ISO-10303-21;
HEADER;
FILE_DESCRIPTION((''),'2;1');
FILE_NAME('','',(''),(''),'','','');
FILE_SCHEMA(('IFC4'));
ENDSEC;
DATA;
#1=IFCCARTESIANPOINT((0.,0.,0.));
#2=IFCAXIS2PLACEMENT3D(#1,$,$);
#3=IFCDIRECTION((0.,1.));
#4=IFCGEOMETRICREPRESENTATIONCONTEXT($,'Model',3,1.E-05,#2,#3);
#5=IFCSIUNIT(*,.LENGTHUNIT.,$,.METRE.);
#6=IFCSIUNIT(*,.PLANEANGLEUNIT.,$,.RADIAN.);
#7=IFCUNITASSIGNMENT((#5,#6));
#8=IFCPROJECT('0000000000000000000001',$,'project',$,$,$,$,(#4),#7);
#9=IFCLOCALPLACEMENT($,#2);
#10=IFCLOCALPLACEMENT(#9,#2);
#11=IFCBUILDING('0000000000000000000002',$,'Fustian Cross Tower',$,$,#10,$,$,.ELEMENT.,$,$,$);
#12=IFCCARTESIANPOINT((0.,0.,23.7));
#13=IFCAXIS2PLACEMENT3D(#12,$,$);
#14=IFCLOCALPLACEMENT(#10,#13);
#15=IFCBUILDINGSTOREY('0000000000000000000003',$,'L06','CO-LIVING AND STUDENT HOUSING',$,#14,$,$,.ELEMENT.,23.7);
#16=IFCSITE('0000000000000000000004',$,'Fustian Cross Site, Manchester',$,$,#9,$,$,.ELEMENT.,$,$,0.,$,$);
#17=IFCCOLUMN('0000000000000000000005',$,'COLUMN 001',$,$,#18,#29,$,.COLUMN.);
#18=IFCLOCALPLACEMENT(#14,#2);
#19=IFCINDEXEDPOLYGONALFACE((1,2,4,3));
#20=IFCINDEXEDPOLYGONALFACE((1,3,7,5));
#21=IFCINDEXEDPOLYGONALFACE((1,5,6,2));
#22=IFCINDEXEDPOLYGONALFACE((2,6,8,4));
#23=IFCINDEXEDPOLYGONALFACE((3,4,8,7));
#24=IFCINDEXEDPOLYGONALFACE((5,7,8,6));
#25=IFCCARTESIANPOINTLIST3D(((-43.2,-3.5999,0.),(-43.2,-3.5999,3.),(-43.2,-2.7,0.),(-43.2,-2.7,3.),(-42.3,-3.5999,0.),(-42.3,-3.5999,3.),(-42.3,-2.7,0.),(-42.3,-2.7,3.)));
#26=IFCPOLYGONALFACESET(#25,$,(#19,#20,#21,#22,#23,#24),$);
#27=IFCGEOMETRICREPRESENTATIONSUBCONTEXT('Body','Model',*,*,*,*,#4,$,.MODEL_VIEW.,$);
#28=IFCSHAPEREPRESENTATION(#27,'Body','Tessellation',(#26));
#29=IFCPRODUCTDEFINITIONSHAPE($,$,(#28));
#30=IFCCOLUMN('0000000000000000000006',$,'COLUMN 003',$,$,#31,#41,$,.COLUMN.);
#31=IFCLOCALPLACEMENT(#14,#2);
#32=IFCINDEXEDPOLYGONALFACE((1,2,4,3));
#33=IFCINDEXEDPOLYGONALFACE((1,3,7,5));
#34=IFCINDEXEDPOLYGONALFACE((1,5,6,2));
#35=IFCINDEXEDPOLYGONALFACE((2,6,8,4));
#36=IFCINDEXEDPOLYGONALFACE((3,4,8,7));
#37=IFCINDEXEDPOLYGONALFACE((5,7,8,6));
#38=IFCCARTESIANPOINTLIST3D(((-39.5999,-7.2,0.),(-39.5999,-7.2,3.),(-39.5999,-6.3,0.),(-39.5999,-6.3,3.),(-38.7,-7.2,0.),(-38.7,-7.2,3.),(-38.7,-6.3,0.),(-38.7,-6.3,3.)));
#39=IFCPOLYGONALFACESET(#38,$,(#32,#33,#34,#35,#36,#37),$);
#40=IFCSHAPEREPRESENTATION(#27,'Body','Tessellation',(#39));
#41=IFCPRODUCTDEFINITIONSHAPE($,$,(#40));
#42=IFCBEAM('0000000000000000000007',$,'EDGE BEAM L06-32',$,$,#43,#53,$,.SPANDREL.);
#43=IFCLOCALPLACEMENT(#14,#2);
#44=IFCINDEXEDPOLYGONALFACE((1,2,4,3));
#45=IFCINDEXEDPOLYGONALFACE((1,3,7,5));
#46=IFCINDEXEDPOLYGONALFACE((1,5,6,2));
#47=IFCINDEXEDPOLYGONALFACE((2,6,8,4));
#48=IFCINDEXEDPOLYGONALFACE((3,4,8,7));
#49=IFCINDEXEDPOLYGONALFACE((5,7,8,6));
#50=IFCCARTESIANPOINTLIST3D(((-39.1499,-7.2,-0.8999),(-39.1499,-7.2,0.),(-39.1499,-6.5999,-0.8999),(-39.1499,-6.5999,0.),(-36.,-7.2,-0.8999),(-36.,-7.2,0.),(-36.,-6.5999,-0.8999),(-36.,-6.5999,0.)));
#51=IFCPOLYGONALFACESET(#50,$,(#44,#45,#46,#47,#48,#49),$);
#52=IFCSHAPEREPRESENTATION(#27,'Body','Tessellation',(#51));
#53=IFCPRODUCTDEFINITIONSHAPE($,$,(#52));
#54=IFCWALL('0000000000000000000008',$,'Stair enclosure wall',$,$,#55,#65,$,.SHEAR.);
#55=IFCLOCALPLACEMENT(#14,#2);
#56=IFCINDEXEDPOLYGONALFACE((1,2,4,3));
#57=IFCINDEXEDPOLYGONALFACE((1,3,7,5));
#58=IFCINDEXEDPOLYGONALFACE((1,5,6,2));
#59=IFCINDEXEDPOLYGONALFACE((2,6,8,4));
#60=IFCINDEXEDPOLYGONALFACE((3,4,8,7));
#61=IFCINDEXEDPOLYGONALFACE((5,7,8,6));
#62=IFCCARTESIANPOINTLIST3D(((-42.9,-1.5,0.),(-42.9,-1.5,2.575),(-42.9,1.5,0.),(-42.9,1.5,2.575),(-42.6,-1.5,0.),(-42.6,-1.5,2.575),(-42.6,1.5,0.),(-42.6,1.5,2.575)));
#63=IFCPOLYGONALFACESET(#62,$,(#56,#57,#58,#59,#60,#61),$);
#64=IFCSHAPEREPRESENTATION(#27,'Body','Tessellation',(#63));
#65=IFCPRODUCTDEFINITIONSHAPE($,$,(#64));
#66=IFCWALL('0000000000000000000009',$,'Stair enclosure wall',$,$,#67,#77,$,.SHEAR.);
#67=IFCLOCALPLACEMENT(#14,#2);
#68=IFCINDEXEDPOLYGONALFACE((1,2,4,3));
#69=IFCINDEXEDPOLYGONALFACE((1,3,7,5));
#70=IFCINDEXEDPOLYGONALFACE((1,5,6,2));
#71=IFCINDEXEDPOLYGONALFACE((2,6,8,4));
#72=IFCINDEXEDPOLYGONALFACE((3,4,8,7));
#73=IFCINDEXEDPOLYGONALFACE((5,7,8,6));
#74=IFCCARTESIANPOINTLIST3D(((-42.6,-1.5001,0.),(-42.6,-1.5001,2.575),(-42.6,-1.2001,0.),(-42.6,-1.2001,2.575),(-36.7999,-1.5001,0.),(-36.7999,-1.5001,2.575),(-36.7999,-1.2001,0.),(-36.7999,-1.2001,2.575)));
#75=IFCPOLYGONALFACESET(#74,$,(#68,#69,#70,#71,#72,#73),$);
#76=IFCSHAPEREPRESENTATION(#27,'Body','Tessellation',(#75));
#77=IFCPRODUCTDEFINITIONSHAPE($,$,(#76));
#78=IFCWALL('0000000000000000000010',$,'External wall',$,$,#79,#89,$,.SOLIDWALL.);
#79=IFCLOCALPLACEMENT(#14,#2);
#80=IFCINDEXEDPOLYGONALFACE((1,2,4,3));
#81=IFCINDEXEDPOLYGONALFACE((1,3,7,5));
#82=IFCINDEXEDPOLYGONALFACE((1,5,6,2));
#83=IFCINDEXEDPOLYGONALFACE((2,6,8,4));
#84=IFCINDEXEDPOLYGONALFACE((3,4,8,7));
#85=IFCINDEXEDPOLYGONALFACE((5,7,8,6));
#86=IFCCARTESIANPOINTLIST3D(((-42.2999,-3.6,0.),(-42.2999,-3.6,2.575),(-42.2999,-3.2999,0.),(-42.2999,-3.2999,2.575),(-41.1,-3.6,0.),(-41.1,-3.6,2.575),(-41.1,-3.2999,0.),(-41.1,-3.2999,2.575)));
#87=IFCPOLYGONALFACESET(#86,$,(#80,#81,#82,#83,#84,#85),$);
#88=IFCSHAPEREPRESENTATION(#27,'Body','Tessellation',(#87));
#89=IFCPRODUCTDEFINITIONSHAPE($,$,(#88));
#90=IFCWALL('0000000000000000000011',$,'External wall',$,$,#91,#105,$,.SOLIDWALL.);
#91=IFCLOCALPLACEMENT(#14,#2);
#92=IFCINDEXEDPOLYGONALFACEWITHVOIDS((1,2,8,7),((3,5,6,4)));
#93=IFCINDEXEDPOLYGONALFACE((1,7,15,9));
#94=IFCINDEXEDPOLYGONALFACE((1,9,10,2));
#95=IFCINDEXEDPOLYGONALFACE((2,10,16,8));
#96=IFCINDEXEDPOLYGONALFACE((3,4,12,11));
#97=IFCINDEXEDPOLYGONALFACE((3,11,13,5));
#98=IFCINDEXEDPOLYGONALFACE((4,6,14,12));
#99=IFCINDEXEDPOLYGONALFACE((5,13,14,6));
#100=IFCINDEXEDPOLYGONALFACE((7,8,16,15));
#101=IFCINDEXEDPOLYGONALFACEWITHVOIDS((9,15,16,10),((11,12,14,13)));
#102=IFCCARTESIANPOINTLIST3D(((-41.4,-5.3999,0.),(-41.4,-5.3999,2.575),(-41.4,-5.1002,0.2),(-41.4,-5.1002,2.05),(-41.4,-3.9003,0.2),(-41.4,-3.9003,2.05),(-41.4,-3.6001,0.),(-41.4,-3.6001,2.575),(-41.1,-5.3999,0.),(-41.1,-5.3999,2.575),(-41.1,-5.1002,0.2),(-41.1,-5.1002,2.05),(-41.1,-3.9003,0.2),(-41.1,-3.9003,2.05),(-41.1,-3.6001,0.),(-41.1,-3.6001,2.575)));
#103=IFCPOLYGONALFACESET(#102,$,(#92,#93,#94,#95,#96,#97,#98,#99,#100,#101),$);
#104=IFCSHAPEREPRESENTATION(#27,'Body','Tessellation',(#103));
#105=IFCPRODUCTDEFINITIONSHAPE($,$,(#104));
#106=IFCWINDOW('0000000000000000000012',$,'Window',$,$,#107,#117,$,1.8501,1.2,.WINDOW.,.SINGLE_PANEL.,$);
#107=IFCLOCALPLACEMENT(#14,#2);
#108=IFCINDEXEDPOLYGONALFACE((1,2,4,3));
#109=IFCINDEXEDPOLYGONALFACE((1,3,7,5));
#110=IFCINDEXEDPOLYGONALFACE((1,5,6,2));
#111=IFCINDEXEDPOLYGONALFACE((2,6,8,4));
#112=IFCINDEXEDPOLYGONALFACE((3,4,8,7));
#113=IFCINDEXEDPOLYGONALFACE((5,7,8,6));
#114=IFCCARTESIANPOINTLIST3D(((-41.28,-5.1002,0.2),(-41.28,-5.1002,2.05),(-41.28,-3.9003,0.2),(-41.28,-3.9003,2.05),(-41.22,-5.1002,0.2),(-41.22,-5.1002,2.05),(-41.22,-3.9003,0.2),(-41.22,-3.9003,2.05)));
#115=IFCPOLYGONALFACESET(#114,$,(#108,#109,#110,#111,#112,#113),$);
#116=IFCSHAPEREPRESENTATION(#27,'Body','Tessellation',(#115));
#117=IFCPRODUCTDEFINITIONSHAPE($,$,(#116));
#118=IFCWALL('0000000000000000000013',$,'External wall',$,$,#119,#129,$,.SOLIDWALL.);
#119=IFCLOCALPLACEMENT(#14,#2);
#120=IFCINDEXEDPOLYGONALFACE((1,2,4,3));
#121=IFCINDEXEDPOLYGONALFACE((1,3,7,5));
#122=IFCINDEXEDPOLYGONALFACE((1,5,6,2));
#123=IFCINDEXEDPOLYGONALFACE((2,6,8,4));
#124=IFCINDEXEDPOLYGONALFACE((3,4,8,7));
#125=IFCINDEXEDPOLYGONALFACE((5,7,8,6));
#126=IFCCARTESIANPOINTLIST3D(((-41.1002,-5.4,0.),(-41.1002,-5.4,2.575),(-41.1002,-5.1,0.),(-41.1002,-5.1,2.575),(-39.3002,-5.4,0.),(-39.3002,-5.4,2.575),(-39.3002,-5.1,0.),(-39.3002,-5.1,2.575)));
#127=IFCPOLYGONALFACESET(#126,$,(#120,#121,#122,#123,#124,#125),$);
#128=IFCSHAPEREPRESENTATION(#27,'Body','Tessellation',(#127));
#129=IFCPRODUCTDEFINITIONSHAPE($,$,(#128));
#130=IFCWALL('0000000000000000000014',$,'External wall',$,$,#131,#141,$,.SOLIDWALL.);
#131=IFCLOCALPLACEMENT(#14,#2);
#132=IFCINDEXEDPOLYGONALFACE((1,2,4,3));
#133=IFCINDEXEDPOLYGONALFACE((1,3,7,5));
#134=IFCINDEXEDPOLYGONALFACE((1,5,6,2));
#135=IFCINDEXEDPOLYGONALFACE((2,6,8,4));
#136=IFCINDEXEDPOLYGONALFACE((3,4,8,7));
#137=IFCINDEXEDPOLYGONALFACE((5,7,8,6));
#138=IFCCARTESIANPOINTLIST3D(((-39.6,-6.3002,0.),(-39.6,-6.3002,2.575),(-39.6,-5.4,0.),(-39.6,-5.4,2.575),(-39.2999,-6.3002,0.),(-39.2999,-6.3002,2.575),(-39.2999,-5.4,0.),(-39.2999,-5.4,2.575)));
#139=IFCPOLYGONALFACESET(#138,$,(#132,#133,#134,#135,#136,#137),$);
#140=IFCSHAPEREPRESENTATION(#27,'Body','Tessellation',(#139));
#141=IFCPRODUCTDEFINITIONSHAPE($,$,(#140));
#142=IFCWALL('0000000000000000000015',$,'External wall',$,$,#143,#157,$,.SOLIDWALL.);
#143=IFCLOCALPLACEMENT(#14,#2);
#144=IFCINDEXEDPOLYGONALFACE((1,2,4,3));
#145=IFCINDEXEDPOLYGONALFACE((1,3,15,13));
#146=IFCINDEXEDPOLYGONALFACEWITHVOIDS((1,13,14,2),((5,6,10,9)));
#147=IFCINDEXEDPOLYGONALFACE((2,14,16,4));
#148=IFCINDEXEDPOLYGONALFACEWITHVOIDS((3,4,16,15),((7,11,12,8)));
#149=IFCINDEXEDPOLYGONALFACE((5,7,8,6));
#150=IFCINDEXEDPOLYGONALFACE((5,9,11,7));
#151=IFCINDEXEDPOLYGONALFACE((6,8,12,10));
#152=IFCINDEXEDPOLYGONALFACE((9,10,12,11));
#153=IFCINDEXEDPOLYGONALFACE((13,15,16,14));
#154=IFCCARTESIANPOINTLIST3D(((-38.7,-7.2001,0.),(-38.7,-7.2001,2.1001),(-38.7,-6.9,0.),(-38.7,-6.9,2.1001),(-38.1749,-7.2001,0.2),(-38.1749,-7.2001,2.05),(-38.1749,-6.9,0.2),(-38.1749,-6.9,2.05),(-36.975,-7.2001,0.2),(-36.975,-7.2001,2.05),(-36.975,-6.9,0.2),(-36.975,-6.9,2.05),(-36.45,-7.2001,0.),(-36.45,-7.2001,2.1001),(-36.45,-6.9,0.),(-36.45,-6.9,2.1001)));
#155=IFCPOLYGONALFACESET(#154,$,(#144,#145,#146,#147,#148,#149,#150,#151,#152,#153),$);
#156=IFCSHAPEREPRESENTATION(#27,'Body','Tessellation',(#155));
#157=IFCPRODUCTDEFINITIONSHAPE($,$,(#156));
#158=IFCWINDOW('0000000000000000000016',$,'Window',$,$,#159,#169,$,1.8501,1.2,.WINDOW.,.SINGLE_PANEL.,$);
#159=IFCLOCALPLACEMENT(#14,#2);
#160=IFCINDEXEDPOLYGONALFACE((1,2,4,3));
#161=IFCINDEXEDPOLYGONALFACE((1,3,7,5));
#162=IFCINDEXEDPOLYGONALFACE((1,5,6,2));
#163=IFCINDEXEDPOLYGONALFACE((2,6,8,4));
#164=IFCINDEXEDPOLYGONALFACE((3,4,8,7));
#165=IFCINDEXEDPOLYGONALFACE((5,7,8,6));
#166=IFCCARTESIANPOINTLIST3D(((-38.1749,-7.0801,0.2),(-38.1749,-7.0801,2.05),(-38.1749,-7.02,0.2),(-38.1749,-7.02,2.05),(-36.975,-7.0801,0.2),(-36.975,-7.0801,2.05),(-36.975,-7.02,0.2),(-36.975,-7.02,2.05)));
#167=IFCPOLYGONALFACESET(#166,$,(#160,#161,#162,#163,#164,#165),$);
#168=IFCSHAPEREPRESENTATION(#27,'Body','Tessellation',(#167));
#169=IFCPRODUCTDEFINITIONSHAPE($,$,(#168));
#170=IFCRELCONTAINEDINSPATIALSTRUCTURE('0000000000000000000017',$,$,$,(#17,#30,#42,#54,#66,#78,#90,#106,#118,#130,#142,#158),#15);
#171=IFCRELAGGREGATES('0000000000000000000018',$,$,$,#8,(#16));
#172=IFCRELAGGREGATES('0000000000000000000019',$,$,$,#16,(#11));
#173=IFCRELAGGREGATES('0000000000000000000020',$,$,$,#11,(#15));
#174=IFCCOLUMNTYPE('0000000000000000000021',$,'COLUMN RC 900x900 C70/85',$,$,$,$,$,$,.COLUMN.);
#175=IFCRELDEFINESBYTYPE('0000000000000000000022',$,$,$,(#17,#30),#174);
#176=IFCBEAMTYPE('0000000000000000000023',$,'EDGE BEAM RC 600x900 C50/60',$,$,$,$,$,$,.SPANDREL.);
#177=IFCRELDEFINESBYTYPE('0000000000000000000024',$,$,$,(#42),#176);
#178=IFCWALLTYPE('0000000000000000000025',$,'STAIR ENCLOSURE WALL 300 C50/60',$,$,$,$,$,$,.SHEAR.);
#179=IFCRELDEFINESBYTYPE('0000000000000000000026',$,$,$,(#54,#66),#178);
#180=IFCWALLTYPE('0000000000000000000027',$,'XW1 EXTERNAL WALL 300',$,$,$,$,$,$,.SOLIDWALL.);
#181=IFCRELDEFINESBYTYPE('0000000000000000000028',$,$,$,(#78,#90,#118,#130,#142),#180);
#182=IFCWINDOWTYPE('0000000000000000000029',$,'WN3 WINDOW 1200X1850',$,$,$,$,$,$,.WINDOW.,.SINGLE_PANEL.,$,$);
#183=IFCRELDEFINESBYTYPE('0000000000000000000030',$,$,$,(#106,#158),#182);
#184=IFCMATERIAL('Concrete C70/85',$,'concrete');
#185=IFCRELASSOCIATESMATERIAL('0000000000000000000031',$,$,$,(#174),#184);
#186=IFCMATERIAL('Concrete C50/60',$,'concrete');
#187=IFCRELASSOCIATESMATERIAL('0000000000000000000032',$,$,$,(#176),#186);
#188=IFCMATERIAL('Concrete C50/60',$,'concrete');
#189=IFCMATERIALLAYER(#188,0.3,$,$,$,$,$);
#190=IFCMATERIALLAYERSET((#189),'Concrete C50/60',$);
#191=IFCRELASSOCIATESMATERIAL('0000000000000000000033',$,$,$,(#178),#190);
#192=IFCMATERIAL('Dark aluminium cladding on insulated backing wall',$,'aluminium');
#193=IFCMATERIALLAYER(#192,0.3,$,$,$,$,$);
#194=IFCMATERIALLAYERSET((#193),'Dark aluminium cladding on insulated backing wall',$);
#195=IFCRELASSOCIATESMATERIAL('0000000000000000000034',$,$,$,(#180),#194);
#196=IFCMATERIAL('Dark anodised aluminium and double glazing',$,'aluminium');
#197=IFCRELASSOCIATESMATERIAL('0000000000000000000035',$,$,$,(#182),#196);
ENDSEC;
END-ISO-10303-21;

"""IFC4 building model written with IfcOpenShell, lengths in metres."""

from ifc_helpers import new_model, si_unit, direction, frame, frame_2d, origin, origin_2d, place, context, subcontext, project, spatial, rectangle, extrude, material, layer, layer_set, material_profile, profile_set, type_object, element, fill, save


model = new_model("IFC4")

# Units and contexts
model_context = context("Model", 3, precision=1e-05, world=origin(), true_north=direction((0.0, 1.0)))
body_context = subcontext(model_context, "Body", "Model", "MODEL_VIEW")
ifc_project = project(units=[si_unit("LENGTHUNIT", "METRE"), si_unit("PLANEANGLEUNIT", "RADIAN")], contexts=[model_context])

# Site, building, storey
site_placement = place(None, origin())
site = spatial("IfcSite", under=ifc_project, at=site_placement, Name="Fustian Cross Site, Manchester", CompositionType="ELEMENT", RefElevation=0.0)
building_placement = place(site_placement, origin())
building = spatial("IfcBuilding", under=site, at=building_placement, Name="Fustian Cross Tower", CompositionType="ELEMENT")
storey_placement = place(building_placement, frame((0.0, 0.0, 23.7)))
storey = spatial("IfcBuildingStorey", under=building, at=storey_placement, Name="L06", Description="CO-LIVING AND STUDENT HOUSING", CompositionType="ELEMENT", Elevation=23.7)

# Columns
ifc_material_1 = material(Name="Concrete C70/85", Category="concrete")
ifc_material_profile_1 = material_profile(ifc_material_1, rectangle(XDim=0.8999, YDim=0.8999, at=origin_2d()), Name="RC 900x900")
ifc_profile_set_1 = profile_set([ifc_material_profile_1], Name="Concrete C70/85")
column_type = type_object("IfcColumnType", Name="COLUMN RC 900x900 C70/85", PredefinedType="COLUMN", material=ifc_profile_set_1)
for number, where, z_axis, x_axis, name in (
    (1, (-42.75, -3.1499, 0.0), (0.0, 0.0, 1.0), (1.0, 0.0, 0.0), "COLUMN 001"),
    (2, (-39.1499, -6.75, 0.0), (0.0, 0.0, 1.0), (1.0, 0.0, 0.0), "COLUMN 003"),
):
    element("IfcColumn", number, at=place(storey_placement, frame(where, z_axis=z_axis, x_axis=x_axis)), inside=storey, type_object=column_type, Name=name, PredefinedType="COLUMN", context=body_context, shape_type="SweptSolid", body=[
        extrude(rectangle(XDim=0.8999, YDim=0.8999, at=origin_2d()), origin(), (0.0, 0.0, 1.0), 3.0),
    ])

# Beam
ifc_material_2 = material(Name="Concrete C50/60", Category="concrete")
ifc_material_profile_2 = material_profile(ifc_material_2, rectangle(XDim=0.6001, YDim=0.8999, at=origin_2d()), Name="RC 600x900")
ifc_profile_set_2 = profile_set([ifc_material_profile_2], Name="Concrete C50/60")
beam_type = type_object("IfcBeamType", Name="EDGE BEAM RC 600x900 C50/60", PredefinedType="SPANDREL", material=ifc_profile_set_2)
beam_placement = place(storey_placement, frame((-39.1499, -6.8999, -0.45), z_axis=(1.0, 0.0, 0.0), x_axis=(0.0, 1.0, 0.0)))
element("IfcBeam", 3, at=beam_placement, inside=storey, type_object=beam_type, Name="EDGE BEAM L06-32", PredefinedType="SPANDREL", context=body_context, shape_type="SweptSolid", body=[
    extrude(rectangle(XDim=0.6001, YDim=0.8999, at=origin_2d()), origin(), (0.0, 0.0, 1.0), 3.1499),
])

# Walls
ifc_material_3 = material(Name="Concrete C50/60", Category="concrete")
ifc_layer_1 = layer(ifc_material_3, 0.3)
ifc_layer_set_1 = layer_set([ifc_layer_1], Name="Concrete C50/60")
wall_type_1 = type_object("IfcWallType", Name="STAIR ENCLOSURE WALL 300 C50/60", PredefinedType="SHEAR", material=ifc_layer_set_1)
wall_1_placement = place(storey_placement, frame((-42.75, -1.5, 0.0), z_axis=(0.0, 0.0, 1.0), x_axis=(0.0, 1.0, 0.0)))
element("IfcWall", 4, at=wall_1_placement, inside=storey, type_object=wall_type_1, Name="Stair enclosure wall", PredefinedType="SHEAR", context=body_context, shape_type="SweptSolid", body=[
    extrude(rectangle(XDim=3.0, YDim=0.3, at=frame_2d((1.5, 0.0))), origin(), (0.0, 0.0, 1.0), 2.575),
])
wall_2_placement = place(storey_placement, frame((-36.8, -1.3501, 0.0), z_axis=(0.0, 0.0, 1.0), x_axis=(-1.0, 0.0, 0.0)))
element("IfcWall", 5, at=wall_2_placement, inside=storey, type_object=wall_type_1, Name="Stair enclosure wall", PredefinedType="SHEAR", context=body_context, shape_type="SweptSolid", body=[
    extrude(rectangle(XDim=5.8, YDim=0.3, at=frame_2d((2.8999, 0.0))), origin(), (0.0, 0.0, 1.0), 2.575),
])
ifc_material_4 = material(Name="Dark aluminium cladding on insulated backing wall", Category="aluminium")
ifc_layer_2 = layer(ifc_material_4, 0.3)
ifc_layer_set_2 = layer_set([ifc_layer_2], Name="Dark aluminium cladding on insulated backing wall")
wall_type_2 = type_object("IfcWallType", Name="XW1 EXTERNAL WALL 300", PredefinedType="SOLIDWALL", material=ifc_layer_set_2)
wall_3_placement = place(storey_placement, frame((-42.3, -3.45, 0.0), z_axis=(0.0, 0.0, 1.0), x_axis=(1.0, 0.0, 0.0)))
element("IfcWall", 6, at=wall_3_placement, inside=storey, type_object=wall_type_2, Name="External wall", PredefinedType="SOLIDWALL", context=body_context, shape_type="SweptSolid", body=[
    extrude(rectangle(XDim=1.2, YDim=0.3, at=frame_2d((0.6001, 0.0))), origin(), (0.0, 0.0, 1.0), 2.575),
])

# Wall, opening, window
wall_4_placement = place(storey_placement, frame((-41.25, -3.6001, 0.0), z_axis=(0.0, 0.0, 1.0), x_axis=(0.0, -1.0, 0.0)))
wall_4 = element("IfcWall", 7, at=wall_4_placement, inside=storey, type_object=wall_type_2, Name="External wall", PredefinedType="SOLIDWALL", context=body_context, shape_type="SweptSolid", body=[
    extrude(rectangle(XDim=1.7998, YDim=0.3, at=frame_2d((0.8999, 0.0))), origin(), (0.0, 0.0, 1.0), 2.575),
])
opening_1_placement = place(wall_4_placement, frame((0.3, 0.0, 0.2)))
opening_1 = element("IfcOpeningElement", 8, at=opening_1_placement, cuts=wall_4, PredefinedType="OPENING", context=body_context, shape_type="SweptSolid", body=[
    extrude(rectangle(XDim=1.2, YDim=1.8501, at=frame_2d((0.6001, 0.925))), frame((0.0, 0.1599, 0.0), z_axis=(0.0, -1.0, 0.0), x_axis=(1.0, 0.0, 0.0)), (0.0, 0.0, 1.0), 0.3201),
])
ifc_material_5 = material(Name="Dark anodised aluminium and double glazing", Category="aluminium")
window_type = type_object("IfcWindowType", Name="WN3 WINDOW 1200X1850", PartitioningType="SINGLE_PANEL", PredefinedType="WINDOW", material=ifc_material_5)
window_1_placement = place(opening_1_placement, origin())
window_1 = element("IfcWindow", 9, at=window_1_placement, inside=storey, type_object=window_type, Name="Window", OverallHeight=1.8501, OverallWidth=1.2, PartitioningType="SINGLE_PANEL", PredefinedType="WINDOW", context=body_context, shape_type="SweptSolid", body=[
    extrude(rectangle(XDim=1.2, YDim=1.8501, at=frame_2d((0.6001, 0.925))), frame((0.0, 0.03, 0.0), z_axis=(0.0, -1.0, 0.0), x_axis=(1.0, 0.0, 0.0)), (0.0, 0.0, 1.0), 0.0601),
])
fill(opening_1, window_1)

# Walls
wall_5_placement = place(storey_placement, frame((-41.1001, -5.25, 0.0), z_axis=(0.0, 0.0, 1.0), x_axis=(1.0, 0.0, 0.0)))
element("IfcWall", 10, at=wall_5_placement, inside=storey, type_object=wall_type_2, Name="External wall", PredefinedType="SOLIDWALL", context=body_context, shape_type="SweptSolid", body=[
    extrude(rectangle(XDim=1.8, YDim=0.3, at=frame_2d((0.8999, 0.0))), origin(), (0.0, 0.0, 1.0), 2.575),
])
wall_6_placement = place(storey_placement, frame((-39.45, -5.3999, 0.0), z_axis=(0.0, 0.0, 1.0), x_axis=(0.0, -1.0, 0.0)))
element("IfcWall", 11, at=wall_6_placement, inside=storey, type_object=wall_type_2, Name="External wall", PredefinedType="SOLIDWALL", context=body_context, shape_type="SweptSolid", body=[
    extrude(rectangle(XDim=0.9001, YDim=0.3, at=frame_2d((0.4502, 0.0))), origin(), (0.0, 0.0, 1.0), 2.575),
])

# Wall, opening, window
wall_7_placement = place(storey_placement, frame((-38.7, -7.05, 0.0), z_axis=(0.0, 0.0, 1.0), x_axis=(1.0, 0.0, 0.0)))
wall_7 = element("IfcWall", 12, at=wall_7_placement, inside=storey, type_object=wall_type_2, Name="External wall", PredefinedType="SOLIDWALL", context=body_context, shape_type="SweptSolid", body=[
    extrude(rectangle(XDim=2.25, YDim=0.3, at=frame_2d((1.125, 0.0))), origin(), (0.0, 0.0, 1.0), 2.1001),
])
opening_2_placement = place(wall_7_placement, frame((0.5249, 0.0, 0.2)))
opening_2 = element("IfcOpeningElement", 13, at=opening_2_placement, cuts=wall_7, PredefinedType="OPENING", context=body_context, shape_type="SweptSolid", body=[
    extrude(rectangle(XDim=1.2, YDim=1.8501, at=frame_2d((0.6001, 0.925))), frame((0.0, 0.1599, 0.0), z_axis=(0.0, -1.0, 0.0), x_axis=(1.0, 0.0, 0.0)), (0.0, 0.0, 1.0), 0.3201),
])
window_2_placement = place(opening_2_placement, origin())
window_2 = element("IfcWindow", 14, at=window_2_placement, inside=storey, type_object=window_type, Name="Window", OverallHeight=1.8501, OverallWidth=1.2, PartitioningType="SINGLE_PANEL", PredefinedType="WINDOW", context=body_context, shape_type="SweptSolid", body=[
    extrude(rectangle(XDim=1.2, YDim=1.8501, at=frame_2d((0.6001, 0.925))), frame((0.0, 0.03, 0.0), z_axis=(0.0, -1.0, 0.0), x_axis=(1.0, 0.0, 0.0)), (0.0, 0.0, 1.0), 0.0601),
])
fill(opening_2, window_2)

save(model, "model.ifc")
